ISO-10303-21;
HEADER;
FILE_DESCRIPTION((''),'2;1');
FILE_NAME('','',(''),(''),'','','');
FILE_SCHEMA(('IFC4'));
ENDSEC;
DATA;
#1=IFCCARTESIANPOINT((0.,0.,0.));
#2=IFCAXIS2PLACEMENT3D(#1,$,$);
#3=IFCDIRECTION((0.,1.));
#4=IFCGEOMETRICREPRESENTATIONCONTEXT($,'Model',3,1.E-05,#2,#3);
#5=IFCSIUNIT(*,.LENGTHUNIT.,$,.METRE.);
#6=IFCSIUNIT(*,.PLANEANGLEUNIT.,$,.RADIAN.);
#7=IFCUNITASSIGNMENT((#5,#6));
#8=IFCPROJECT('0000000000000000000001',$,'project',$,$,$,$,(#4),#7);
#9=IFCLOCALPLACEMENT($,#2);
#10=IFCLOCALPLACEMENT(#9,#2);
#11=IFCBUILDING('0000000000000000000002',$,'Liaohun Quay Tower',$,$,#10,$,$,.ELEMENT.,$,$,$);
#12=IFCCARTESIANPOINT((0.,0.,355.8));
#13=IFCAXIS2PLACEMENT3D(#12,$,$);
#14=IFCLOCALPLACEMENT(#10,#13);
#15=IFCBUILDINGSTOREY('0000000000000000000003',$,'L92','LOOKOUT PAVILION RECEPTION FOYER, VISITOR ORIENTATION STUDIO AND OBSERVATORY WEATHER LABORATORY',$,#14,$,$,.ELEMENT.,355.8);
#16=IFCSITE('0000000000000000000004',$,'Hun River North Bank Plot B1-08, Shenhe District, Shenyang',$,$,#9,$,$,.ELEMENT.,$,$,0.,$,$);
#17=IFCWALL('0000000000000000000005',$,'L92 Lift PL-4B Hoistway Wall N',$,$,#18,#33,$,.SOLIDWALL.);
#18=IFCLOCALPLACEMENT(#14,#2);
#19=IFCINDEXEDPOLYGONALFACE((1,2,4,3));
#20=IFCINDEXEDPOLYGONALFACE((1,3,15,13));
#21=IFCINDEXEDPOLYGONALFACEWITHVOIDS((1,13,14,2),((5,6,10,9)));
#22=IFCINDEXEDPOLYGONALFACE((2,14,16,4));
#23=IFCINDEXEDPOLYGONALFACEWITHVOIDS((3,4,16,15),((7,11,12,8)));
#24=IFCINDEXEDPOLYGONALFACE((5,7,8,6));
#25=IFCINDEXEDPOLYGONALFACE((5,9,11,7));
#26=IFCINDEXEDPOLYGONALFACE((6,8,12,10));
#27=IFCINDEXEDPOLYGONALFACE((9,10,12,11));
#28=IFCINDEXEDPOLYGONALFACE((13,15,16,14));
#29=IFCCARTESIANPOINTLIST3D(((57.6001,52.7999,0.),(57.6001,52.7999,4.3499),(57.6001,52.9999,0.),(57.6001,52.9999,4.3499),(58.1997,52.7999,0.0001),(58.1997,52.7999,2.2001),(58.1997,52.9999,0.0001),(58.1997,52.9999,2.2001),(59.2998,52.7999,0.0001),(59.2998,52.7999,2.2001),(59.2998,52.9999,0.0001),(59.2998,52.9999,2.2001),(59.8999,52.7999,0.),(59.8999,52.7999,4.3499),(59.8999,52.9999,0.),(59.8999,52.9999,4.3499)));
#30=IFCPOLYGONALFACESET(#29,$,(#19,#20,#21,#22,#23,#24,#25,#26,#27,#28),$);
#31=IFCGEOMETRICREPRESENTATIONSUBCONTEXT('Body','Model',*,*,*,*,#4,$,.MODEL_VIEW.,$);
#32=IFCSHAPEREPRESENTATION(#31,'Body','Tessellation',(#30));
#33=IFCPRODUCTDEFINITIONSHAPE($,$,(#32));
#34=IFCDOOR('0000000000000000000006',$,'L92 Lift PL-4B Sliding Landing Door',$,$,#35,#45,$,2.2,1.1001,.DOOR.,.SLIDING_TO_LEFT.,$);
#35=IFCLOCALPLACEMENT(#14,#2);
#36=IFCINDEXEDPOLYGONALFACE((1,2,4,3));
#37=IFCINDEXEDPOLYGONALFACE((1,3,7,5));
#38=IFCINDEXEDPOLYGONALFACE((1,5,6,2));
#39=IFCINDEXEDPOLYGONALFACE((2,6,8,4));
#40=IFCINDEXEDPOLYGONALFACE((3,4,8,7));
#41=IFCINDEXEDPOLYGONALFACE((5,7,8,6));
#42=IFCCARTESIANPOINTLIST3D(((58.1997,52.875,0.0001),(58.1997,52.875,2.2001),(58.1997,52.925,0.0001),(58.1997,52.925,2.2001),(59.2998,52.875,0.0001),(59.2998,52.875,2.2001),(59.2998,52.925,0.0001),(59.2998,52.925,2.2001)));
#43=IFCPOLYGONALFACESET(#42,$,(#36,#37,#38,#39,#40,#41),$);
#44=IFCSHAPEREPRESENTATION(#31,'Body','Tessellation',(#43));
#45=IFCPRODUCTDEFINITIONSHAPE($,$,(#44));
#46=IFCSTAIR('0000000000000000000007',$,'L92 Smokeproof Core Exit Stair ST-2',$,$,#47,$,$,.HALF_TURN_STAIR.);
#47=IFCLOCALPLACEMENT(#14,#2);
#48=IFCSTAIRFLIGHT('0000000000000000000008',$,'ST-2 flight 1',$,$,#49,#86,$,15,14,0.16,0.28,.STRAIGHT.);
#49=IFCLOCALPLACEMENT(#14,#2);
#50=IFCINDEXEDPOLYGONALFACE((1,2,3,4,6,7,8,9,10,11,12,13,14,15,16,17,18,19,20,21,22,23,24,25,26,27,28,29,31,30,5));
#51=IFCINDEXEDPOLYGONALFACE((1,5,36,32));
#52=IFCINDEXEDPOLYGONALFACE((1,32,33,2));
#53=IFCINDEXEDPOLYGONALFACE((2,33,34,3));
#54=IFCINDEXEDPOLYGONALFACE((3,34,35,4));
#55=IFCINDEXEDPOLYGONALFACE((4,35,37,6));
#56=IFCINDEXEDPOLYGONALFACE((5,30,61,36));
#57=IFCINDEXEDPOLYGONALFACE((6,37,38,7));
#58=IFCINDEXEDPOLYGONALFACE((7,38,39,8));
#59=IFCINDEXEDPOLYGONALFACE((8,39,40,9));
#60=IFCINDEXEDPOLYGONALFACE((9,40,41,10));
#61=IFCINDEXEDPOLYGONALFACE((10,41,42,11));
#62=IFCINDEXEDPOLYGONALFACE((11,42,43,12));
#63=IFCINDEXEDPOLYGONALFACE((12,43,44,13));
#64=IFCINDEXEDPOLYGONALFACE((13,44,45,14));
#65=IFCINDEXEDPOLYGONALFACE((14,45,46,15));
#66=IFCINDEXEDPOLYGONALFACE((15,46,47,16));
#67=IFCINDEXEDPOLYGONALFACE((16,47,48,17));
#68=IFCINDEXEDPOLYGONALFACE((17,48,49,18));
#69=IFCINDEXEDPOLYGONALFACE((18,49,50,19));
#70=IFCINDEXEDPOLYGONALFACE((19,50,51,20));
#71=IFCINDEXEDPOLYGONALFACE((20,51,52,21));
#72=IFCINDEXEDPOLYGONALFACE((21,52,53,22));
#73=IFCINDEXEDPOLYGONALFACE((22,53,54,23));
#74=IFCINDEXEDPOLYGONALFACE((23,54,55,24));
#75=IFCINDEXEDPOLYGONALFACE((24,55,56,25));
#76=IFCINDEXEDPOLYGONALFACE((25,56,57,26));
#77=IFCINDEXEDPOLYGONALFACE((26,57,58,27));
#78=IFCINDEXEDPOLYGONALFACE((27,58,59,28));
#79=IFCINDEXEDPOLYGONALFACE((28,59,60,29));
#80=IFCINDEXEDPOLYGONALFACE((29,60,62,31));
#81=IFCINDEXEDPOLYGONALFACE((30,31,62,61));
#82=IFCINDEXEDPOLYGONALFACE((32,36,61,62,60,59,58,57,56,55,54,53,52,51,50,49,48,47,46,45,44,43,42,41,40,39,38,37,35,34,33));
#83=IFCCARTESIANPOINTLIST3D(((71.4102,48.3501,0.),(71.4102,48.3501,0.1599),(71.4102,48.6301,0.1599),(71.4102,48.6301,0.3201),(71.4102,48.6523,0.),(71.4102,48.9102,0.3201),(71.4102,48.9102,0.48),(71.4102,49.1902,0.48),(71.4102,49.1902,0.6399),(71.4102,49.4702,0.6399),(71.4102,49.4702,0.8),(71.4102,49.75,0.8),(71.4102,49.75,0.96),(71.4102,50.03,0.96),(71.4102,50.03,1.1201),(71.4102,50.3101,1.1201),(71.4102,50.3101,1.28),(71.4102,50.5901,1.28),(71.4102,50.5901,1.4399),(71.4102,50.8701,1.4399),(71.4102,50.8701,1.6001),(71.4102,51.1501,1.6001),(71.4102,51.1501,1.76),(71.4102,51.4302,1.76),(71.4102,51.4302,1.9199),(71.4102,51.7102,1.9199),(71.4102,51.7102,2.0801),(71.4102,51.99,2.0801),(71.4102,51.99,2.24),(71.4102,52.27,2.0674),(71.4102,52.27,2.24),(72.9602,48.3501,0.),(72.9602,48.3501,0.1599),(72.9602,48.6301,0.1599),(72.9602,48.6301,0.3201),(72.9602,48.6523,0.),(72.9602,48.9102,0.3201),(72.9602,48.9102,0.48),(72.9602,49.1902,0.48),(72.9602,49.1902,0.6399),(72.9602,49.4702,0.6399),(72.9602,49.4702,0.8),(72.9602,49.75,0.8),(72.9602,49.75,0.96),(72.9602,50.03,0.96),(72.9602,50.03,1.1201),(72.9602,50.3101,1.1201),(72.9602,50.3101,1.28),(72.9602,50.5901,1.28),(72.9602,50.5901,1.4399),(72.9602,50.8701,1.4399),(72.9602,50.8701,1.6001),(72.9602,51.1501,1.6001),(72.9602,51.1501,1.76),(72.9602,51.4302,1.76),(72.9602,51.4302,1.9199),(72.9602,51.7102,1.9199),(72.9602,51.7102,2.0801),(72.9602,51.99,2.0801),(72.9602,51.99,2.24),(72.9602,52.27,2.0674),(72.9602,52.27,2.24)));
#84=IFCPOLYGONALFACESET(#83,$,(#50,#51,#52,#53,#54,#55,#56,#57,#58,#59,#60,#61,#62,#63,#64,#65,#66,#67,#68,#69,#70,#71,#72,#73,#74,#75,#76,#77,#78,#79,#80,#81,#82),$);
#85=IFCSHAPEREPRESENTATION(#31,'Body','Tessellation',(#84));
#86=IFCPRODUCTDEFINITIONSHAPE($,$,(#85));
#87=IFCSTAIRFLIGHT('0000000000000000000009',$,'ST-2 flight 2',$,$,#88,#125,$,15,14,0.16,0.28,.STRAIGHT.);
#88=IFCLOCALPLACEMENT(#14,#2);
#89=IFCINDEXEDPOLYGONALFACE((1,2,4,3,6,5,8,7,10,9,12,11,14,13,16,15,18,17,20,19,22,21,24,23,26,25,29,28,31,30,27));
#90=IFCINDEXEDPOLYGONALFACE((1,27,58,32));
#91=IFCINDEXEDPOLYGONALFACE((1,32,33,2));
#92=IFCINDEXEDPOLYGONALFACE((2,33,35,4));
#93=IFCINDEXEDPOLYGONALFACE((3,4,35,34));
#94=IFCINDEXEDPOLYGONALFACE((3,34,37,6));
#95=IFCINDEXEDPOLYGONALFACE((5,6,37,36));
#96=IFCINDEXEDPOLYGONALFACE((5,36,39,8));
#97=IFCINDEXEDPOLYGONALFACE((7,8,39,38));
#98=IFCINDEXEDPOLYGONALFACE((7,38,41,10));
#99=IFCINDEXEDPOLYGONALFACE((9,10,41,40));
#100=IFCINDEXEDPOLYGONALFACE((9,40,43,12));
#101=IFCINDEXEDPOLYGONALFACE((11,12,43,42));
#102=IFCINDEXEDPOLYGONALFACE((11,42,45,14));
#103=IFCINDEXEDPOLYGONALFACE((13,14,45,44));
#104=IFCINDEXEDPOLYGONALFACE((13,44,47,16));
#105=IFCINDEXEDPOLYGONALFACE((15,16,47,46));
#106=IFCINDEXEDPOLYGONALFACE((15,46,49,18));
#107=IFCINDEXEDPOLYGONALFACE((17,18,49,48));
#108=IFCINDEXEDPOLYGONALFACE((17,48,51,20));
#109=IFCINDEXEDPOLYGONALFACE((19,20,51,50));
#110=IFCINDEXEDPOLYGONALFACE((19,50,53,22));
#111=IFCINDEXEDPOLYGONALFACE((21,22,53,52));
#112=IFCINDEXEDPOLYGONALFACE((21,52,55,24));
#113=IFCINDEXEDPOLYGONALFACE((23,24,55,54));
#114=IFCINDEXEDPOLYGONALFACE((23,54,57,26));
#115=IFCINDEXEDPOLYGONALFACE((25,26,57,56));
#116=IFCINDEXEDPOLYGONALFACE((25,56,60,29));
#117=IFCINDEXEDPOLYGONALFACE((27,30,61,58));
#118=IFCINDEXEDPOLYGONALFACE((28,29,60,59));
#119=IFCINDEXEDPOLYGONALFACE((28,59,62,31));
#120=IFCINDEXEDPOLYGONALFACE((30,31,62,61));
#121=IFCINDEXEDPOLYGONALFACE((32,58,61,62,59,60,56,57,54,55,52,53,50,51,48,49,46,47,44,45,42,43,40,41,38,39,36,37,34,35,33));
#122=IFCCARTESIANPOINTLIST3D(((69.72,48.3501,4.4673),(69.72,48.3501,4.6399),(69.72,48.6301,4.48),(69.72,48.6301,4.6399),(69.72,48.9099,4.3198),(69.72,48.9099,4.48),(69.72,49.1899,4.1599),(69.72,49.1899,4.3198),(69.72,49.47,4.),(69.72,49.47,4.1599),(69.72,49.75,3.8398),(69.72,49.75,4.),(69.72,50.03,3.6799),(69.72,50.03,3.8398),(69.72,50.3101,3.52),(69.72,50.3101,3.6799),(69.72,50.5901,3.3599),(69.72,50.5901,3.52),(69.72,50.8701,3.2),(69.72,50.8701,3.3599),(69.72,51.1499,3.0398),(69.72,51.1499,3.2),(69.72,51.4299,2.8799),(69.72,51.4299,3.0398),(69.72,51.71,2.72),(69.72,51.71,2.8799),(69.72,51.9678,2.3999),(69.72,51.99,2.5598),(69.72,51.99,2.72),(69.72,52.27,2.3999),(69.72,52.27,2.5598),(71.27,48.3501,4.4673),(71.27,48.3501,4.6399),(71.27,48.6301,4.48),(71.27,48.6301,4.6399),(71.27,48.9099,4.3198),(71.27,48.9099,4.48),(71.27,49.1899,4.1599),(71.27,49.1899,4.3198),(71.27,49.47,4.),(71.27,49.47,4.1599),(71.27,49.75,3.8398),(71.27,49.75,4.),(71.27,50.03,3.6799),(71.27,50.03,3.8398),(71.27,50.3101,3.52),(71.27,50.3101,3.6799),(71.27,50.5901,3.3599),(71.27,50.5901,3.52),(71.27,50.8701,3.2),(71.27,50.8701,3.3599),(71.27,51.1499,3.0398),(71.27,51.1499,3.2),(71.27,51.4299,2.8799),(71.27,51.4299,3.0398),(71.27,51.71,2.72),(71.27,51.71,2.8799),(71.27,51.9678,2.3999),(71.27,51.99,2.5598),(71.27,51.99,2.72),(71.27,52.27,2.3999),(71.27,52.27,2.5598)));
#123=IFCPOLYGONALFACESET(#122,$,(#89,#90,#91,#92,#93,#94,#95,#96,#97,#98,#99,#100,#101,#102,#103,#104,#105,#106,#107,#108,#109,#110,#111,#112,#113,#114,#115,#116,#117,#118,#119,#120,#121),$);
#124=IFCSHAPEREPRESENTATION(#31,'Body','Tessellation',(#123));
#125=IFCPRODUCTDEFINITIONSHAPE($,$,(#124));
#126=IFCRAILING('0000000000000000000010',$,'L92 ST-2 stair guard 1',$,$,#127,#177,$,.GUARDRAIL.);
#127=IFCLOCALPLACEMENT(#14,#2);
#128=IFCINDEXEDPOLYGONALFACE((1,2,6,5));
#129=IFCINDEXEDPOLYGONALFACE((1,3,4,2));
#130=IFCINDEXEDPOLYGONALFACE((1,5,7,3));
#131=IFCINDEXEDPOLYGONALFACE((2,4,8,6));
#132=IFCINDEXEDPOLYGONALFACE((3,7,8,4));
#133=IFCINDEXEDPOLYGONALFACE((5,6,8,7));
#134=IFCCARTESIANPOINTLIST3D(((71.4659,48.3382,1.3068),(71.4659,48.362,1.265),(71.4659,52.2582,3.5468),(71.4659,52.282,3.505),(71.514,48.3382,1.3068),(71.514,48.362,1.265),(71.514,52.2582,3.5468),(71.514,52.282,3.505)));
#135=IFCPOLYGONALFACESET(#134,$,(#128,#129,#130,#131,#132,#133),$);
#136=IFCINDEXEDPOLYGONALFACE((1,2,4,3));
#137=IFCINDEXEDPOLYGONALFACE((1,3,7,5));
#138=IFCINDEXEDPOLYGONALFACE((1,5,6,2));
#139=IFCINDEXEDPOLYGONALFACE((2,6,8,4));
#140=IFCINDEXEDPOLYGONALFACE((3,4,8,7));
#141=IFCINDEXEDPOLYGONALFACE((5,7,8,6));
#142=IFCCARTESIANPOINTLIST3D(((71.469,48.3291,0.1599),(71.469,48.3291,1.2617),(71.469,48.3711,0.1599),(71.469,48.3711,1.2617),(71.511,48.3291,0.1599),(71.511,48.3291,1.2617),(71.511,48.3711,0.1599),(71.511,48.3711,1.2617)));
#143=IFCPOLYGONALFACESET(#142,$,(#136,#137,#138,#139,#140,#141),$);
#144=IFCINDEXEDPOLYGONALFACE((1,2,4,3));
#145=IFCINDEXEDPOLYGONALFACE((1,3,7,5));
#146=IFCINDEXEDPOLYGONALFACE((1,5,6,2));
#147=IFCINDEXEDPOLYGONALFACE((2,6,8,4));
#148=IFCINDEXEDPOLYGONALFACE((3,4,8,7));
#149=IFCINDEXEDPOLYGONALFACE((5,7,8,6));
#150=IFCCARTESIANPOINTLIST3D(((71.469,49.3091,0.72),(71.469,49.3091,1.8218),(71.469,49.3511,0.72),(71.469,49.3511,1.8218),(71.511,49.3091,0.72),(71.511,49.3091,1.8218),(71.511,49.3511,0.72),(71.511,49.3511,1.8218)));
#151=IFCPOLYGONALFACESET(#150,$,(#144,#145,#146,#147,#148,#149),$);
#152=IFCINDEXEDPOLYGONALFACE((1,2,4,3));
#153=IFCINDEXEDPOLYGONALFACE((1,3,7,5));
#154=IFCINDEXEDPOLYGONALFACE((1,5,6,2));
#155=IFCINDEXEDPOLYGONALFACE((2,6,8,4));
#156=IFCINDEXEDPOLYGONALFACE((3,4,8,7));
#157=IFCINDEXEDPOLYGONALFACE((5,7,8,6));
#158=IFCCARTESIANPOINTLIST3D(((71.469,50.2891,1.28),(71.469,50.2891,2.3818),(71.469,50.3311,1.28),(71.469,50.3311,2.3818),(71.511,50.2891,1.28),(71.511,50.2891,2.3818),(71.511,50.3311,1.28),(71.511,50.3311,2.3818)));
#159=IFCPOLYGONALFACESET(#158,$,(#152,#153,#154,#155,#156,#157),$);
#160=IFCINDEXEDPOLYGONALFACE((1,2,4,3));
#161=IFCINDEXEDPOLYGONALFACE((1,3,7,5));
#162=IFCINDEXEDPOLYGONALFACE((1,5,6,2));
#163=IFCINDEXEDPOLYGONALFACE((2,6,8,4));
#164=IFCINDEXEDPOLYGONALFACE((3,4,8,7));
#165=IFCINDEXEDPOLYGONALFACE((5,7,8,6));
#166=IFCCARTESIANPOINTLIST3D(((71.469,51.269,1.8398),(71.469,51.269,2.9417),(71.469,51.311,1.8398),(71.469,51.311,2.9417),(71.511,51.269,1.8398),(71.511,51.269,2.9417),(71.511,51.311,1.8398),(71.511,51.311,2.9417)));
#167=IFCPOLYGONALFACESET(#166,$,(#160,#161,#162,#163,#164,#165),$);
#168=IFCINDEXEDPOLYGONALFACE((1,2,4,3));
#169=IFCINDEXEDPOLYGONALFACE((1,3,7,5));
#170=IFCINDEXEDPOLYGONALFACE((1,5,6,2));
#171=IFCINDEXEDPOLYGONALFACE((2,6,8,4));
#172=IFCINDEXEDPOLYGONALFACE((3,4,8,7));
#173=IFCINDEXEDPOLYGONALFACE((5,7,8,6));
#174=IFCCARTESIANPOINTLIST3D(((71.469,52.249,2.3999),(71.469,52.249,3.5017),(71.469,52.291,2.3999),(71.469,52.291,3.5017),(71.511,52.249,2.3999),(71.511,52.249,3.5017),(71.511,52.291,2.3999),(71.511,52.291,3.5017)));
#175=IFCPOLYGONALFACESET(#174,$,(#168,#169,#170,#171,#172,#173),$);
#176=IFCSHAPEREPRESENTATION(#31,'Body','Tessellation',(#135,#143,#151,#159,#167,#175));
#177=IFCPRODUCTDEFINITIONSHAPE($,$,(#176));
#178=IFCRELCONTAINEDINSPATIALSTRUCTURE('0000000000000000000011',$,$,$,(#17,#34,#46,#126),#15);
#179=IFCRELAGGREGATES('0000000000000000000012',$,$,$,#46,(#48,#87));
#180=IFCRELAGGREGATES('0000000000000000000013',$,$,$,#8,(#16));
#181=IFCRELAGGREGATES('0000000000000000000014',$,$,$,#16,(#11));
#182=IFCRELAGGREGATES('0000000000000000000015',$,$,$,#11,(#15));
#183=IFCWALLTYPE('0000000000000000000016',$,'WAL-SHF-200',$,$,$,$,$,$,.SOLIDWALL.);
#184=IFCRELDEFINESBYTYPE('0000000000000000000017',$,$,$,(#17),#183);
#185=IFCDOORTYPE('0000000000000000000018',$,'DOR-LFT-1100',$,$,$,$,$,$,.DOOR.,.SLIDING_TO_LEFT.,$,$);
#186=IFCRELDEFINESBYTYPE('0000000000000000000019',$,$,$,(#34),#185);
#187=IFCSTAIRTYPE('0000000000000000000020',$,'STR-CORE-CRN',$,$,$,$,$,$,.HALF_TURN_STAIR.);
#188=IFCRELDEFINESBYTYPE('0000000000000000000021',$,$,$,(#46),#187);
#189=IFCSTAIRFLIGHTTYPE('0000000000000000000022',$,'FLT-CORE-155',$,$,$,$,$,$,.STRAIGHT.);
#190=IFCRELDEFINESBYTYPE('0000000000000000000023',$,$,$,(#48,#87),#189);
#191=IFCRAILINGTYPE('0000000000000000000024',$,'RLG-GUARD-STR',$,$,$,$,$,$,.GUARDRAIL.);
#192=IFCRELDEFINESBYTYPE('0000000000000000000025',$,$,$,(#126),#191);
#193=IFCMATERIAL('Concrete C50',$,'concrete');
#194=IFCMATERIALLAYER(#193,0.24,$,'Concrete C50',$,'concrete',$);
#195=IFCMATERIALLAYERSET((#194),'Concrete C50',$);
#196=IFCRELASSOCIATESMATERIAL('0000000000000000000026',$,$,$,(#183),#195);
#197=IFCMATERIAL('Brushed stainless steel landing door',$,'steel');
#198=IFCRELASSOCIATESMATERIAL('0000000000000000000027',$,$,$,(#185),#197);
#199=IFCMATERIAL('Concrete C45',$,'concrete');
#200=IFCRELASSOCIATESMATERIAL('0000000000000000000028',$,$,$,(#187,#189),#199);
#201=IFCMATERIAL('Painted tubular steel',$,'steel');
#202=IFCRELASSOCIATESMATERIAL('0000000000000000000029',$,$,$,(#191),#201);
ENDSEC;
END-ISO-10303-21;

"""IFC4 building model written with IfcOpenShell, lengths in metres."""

from ifc_helpers import new_model, si_unit, direction, frame, frame_2d, origin, origin_2d, place, context, subcontext, project, spatial, polyline, rectangle, outline, extrude, source, transform, mapped, material, layer, layer_set, type_object, element, fill, aggregate, save


model = new_model("IFC4")

# Units and contexts
model_context = context("Model", 3, precision=1e-05, world=origin(), true_north=direction((0.0, 1.0)))
body_context = subcontext(model_context, "Body", "Model", "MODEL_VIEW")
ifc_project = project(units=[si_unit("LENGTHUNIT", "METRE"), si_unit("PLANEANGLEUNIT", "RADIAN")], contexts=[model_context])

# Site, building, storey
site_placement = place(None, origin())
site = spatial("IfcSite", under=ifc_project, at=site_placement, Name="Hun River North Bank Plot B1-08, Shenhe District, Shenyang", CompositionType="ELEMENT", RefElevation=0.0)
building_placement = place(site_placement, origin())
building = spatial("IfcBuilding", under=site, at=building_placement, Name="Liaohun Quay Tower", CompositionType="ELEMENT")
storey_placement = place(building_placement, frame((0.0, 0.0, 355.8)))
storey = spatial("IfcBuildingStorey", under=building, at=storey_placement, Name="L92", Description="LOOKOUT PAVILION RECEPTION FOYER, VISITOR ORIENTATION STUDIO AND OBSERVATORY WEATHER LABORATORY", CompositionType="ELEMENT", Elevation=355.8)

# Shared definitions
ifc_material_1 = material(Name="Concrete C50", Category="concrete")
ifc_layer_1 = layer(ifc_material_1, 0.24, Name="Concrete C50", Category="concrete")
ifc_layer_set_1 = layer_set([ifc_layer_1], Name="Concrete C50")
wall_type_1 = type_object("IfcWallType", Name="WAL-SHF-200", PredefinedType="SOLIDWALL", material=ifc_layer_set_1)

# Wall, opening, door
wall_1_placement = place(storey_placement, frame((59.8999, 52.8999, 0.0), z_axis=(0.0, 0.0, 1.0), x_axis=(-1.0, 0.0, 0.0)))
wall_1 = element("IfcWall", 1, at=wall_1_placement, inside=storey, type_object=wall_type_1, Name="L92 Lift PL-4B Hoistway Wall N", PredefinedType="SOLIDWALL", context=body_context, shape_type="SweptSolid", body=[
    extrude(rectangle(XDim=2.2998, YDim=0.2, at=frame_2d((1.1499, 0.0))), origin(), (0.0, 0.0, 1.0), 4.3499),
])
shared_shape_1 = source(origin(), body_context, "Body", "SweptSolid", [
    extrude(rectangle(XDim=1.1001, YDim=2.2, at=frame_2d((0.55, 1.1001))), frame((0.0, 0.1099, 0.0), z_axis=(0.0, -1.0, 0.0), x_axis=(1.0, 0.0, 0.0)), (0.0, 0.0, 1.0), 0.22),
])
opening_1_placement = place(wall_1_placement, frame((0.6001, 0.0, 0.0)))
opening_1 = element("IfcOpeningElement", 2, at=opening_1_placement, cuts=wall_1, PredefinedType="OPENING", context=body_context, shape_type="MappedRepresentation", body=[
    mapped(shared_shape_1, transform((0.0, 0.0, 0.0), x_axis=(1.0, 0.0, 0.0), y_axis=(0.0, 1.0, 0.0), z_axis=(0.0, 0.0, 1.0), scale=1.0)),
])
ifc_material_2 = material(Name="Brushed stainless steel landing door", Category="steel")
door_type_1 = type_object("IfcDoorType", Name="DOR-LFT-1100", OperationType="SLIDING_TO_LEFT", PredefinedType="DOOR", material=ifc_material_2)
shared_shape_2 = source(origin(), body_context, "Body", "SweptSolid", [
    extrude(rectangle(XDim=1.1001, YDim=2.2, at=frame_2d((0.55, 1.1001))), frame((0.0, 0.0249, 0.0), z_axis=(0.0, -1.0, 0.0), x_axis=(1.0, 0.0, 0.0)), (0.0, 0.0, 1.0), 0.05),
])
door_1_placement = place(opening_1_placement, origin())
door_1 = element("IfcDoor", 3, at=door_1_placement, inside=storey, type_object=door_type_1, Name="L92 Lift PL-4B Sliding Landing Door", OperationType="SLIDING_TO_LEFT", OverallHeight=2.2, OverallWidth=1.1001, PredefinedType="DOOR", context=body_context, shape_type="MappedRepresentation", body=[
    mapped(shared_shape_2, transform((0.0, 0.0, 0.0), x_axis=(1.0, 0.0, 0.0), y_axis=(0.0, 1.0, 0.0), z_axis=(0.0, 0.0, 1.0), scale=1.0)),
])
fill(opening_1, door_1)

# Stair, stair flights
ifc_material_3 = material(Name="Concrete C45", Category="concrete")
stair_type = type_object("IfcStairType", Name="STR-CORE-CRN", PredefinedType="HALF_TURN_STAIR", material=ifc_material_3)
stair_placement = place(storey_placement, origin())
stair = element("IfcStair", 4, at=stair_placement, inside=storey, type_object=stair_type, Name="L92 Smokeproof Core Exit Stair ST-2", PredefinedType="HALF_TURN_STAIR")
stair_flight_type = type_object("IfcStairFlightType", Name="FLT-CORE-155", PredefinedType="STRAIGHT", material=ifc_material_3)
stair_flight_1_placement = place(storey_placement, frame((72.1851, 48.3501, 0.0), z_axis=(0.0, 0.0, 1.0), x_axis=(0.0, 1.0, 0.0)))
stair_flight_1 = element("IfcStairFlight", 5, at=stair_flight_1_placement, type_object=stair_flight_type, Name="ST-2 flight 1", NumberOfRisers=15, NumberOfTreads=14, PredefinedType="STRAIGHT", RiserHeight=0.16, TreadLength=0.28, context=body_context, shape_type="SweptSolid", body=[
    extrude(outline(polyline([(0.0, 0.0), (0.0, 0.1599), (0.28, 0.1599), (0.28, 0.3201), (0.5601, 0.3201), (0.5601, 0.48), (0.8401, 0.48), (0.8401, 0.6399), (1.1201, 0.6399), (1.1201, 0.8), (1.3999, 0.8), (1.3999, 0.96), (1.6799, 0.96), (1.6799, 1.1201), (1.96, 1.1201), (1.96, 1.28), (2.24, 1.28), (2.24, 1.4399), (2.52, 1.4399), (2.52, 1.6001), (2.8, 1.6001), (2.8, 1.76), (3.0801, 1.76), (3.0801, 1.9199), (3.3601, 1.9199), (3.3601, 2.0801), (3.6399, 2.0801), (3.6399, 2.24), (3.9199, 2.24), (3.9199, 2.3999), (3.9199, 2.0674), (0.3022, 0.0), (0.0, 0.0)])), frame((0.0, 0.7749, 0.0), z_axis=(0.0, -1.0, 0.0), x_axis=(1.0, 0.0, 0.0)), (0.0, 0.0, 1.0), 1.55),
])
stair_flight_2_placement = place(storey_placement, frame((70.4951, 52.27, 2.3999), z_axis=(0.0, 0.0, 1.0), x_axis=(0.0, -1.0, 0.0)))
stair_flight_2 = element("IfcStairFlight", 6, at=stair_flight_2_placement, type_object=stair_flight_type, Name="ST-2 flight 2", NumberOfRisers=15, NumberOfTreads=14, PredefinedType="STRAIGHT", RiserHeight=0.16, TreadLength=0.28, context=body_context, shape_type="SweptSolid", body=[
    extrude(outline(polyline([(0.0, 0.0), (0.0, 0.1599), (0.28, 0.1599), (0.28, 0.3201), (0.5601, 0.3201), (0.5601, 0.48), (0.8401, 0.48), (0.8401, 0.6399), (1.1201, 0.6399), (1.1201, 0.8), (1.3999, 0.8), (1.3999, 0.96), (1.6799, 0.96), (1.6799, 1.1201), (1.96, 1.1201), (1.96, 1.28), (2.24, 1.28), (2.24, 1.4399), (2.52, 1.4399), (2.52, 1.6001), (2.8, 1.6001), (2.8, 1.76), (3.0801, 1.76), (3.0801, 1.9199), (3.3601, 1.9199), (3.3601, 2.0801), (3.6399, 2.0801), (3.6399, 2.24), (3.9199, 2.24), (3.9199, 2.3999), (3.9199, 2.0674), (0.3022, 0.0), (0.0, 0.0)])), frame((0.0, 0.7749, 0.0), z_axis=(0.0, -1.0, 0.0), x_axis=(1.0, 0.0, 0.0)), (0.0, 0.0, 1.0), 1.55),
])
aggregate(stair, [stair_flight_1, stair_flight_2])

# Railing
ifc_material_4 = material(Name="Painted tubular steel", Category="steel")
railing_type_1 = type_object("IfcRailingType", Name="RLG-GUARD-STR", PredefinedType="GUARDRAIL", material=ifc_material_4)
railing_1_placement = place(storey_placement, frame((71.49, 48.3501, 0.1599)))
element("IfcRailing", 7, at=railing_1_placement, inside=storey, type_object=railing_type_1, Name="L92 ST-2 stair guard 1", PredefinedType="GUARDRAIL", context=body_context, shape_type="SweptSolid", body=[
    extrude(rectangle(XDim=0.0481, YDim=0.0481, at=origin_2d()), frame((0.0, 0.0, 1.126), z_axis=(0.0, 0.86824, 0.496145), x_axis=(-1.0, 0.0, 0.0)), (0.0, 0.0, 1.0), 4.5149),
    extrude(rectangle(XDim=0.042, YDim=0.042, at=origin_2d()), origin(), (0.0, 0.0, 1.0), 1.1018),
    extrude(rectangle(XDim=0.042, YDim=0.042, at=origin_2d()), frame((0.0, 0.98, 0.5601)), (0.0, 0.0, 1.0), 1.1018),
    extrude(rectangle(XDim=0.042, YDim=0.042, at=origin_2d()), frame((0.0, 1.96, 1.1201)), (0.0, 0.0, 1.0), 1.1018),
    extrude(rectangle(XDim=0.042, YDim=0.042, at=origin_2d()), frame((0.0, 2.9399, 1.6799)), (0.0, 0.0, 1.0), 1.1018),
    extrude(rectangle(XDim=0.042, YDim=0.042, at=origin_2d()), frame((0.0, 3.9199, 2.24)), (0.0, 0.0, 1.0), 1.1018),
])

save(model, "model.ifc")
